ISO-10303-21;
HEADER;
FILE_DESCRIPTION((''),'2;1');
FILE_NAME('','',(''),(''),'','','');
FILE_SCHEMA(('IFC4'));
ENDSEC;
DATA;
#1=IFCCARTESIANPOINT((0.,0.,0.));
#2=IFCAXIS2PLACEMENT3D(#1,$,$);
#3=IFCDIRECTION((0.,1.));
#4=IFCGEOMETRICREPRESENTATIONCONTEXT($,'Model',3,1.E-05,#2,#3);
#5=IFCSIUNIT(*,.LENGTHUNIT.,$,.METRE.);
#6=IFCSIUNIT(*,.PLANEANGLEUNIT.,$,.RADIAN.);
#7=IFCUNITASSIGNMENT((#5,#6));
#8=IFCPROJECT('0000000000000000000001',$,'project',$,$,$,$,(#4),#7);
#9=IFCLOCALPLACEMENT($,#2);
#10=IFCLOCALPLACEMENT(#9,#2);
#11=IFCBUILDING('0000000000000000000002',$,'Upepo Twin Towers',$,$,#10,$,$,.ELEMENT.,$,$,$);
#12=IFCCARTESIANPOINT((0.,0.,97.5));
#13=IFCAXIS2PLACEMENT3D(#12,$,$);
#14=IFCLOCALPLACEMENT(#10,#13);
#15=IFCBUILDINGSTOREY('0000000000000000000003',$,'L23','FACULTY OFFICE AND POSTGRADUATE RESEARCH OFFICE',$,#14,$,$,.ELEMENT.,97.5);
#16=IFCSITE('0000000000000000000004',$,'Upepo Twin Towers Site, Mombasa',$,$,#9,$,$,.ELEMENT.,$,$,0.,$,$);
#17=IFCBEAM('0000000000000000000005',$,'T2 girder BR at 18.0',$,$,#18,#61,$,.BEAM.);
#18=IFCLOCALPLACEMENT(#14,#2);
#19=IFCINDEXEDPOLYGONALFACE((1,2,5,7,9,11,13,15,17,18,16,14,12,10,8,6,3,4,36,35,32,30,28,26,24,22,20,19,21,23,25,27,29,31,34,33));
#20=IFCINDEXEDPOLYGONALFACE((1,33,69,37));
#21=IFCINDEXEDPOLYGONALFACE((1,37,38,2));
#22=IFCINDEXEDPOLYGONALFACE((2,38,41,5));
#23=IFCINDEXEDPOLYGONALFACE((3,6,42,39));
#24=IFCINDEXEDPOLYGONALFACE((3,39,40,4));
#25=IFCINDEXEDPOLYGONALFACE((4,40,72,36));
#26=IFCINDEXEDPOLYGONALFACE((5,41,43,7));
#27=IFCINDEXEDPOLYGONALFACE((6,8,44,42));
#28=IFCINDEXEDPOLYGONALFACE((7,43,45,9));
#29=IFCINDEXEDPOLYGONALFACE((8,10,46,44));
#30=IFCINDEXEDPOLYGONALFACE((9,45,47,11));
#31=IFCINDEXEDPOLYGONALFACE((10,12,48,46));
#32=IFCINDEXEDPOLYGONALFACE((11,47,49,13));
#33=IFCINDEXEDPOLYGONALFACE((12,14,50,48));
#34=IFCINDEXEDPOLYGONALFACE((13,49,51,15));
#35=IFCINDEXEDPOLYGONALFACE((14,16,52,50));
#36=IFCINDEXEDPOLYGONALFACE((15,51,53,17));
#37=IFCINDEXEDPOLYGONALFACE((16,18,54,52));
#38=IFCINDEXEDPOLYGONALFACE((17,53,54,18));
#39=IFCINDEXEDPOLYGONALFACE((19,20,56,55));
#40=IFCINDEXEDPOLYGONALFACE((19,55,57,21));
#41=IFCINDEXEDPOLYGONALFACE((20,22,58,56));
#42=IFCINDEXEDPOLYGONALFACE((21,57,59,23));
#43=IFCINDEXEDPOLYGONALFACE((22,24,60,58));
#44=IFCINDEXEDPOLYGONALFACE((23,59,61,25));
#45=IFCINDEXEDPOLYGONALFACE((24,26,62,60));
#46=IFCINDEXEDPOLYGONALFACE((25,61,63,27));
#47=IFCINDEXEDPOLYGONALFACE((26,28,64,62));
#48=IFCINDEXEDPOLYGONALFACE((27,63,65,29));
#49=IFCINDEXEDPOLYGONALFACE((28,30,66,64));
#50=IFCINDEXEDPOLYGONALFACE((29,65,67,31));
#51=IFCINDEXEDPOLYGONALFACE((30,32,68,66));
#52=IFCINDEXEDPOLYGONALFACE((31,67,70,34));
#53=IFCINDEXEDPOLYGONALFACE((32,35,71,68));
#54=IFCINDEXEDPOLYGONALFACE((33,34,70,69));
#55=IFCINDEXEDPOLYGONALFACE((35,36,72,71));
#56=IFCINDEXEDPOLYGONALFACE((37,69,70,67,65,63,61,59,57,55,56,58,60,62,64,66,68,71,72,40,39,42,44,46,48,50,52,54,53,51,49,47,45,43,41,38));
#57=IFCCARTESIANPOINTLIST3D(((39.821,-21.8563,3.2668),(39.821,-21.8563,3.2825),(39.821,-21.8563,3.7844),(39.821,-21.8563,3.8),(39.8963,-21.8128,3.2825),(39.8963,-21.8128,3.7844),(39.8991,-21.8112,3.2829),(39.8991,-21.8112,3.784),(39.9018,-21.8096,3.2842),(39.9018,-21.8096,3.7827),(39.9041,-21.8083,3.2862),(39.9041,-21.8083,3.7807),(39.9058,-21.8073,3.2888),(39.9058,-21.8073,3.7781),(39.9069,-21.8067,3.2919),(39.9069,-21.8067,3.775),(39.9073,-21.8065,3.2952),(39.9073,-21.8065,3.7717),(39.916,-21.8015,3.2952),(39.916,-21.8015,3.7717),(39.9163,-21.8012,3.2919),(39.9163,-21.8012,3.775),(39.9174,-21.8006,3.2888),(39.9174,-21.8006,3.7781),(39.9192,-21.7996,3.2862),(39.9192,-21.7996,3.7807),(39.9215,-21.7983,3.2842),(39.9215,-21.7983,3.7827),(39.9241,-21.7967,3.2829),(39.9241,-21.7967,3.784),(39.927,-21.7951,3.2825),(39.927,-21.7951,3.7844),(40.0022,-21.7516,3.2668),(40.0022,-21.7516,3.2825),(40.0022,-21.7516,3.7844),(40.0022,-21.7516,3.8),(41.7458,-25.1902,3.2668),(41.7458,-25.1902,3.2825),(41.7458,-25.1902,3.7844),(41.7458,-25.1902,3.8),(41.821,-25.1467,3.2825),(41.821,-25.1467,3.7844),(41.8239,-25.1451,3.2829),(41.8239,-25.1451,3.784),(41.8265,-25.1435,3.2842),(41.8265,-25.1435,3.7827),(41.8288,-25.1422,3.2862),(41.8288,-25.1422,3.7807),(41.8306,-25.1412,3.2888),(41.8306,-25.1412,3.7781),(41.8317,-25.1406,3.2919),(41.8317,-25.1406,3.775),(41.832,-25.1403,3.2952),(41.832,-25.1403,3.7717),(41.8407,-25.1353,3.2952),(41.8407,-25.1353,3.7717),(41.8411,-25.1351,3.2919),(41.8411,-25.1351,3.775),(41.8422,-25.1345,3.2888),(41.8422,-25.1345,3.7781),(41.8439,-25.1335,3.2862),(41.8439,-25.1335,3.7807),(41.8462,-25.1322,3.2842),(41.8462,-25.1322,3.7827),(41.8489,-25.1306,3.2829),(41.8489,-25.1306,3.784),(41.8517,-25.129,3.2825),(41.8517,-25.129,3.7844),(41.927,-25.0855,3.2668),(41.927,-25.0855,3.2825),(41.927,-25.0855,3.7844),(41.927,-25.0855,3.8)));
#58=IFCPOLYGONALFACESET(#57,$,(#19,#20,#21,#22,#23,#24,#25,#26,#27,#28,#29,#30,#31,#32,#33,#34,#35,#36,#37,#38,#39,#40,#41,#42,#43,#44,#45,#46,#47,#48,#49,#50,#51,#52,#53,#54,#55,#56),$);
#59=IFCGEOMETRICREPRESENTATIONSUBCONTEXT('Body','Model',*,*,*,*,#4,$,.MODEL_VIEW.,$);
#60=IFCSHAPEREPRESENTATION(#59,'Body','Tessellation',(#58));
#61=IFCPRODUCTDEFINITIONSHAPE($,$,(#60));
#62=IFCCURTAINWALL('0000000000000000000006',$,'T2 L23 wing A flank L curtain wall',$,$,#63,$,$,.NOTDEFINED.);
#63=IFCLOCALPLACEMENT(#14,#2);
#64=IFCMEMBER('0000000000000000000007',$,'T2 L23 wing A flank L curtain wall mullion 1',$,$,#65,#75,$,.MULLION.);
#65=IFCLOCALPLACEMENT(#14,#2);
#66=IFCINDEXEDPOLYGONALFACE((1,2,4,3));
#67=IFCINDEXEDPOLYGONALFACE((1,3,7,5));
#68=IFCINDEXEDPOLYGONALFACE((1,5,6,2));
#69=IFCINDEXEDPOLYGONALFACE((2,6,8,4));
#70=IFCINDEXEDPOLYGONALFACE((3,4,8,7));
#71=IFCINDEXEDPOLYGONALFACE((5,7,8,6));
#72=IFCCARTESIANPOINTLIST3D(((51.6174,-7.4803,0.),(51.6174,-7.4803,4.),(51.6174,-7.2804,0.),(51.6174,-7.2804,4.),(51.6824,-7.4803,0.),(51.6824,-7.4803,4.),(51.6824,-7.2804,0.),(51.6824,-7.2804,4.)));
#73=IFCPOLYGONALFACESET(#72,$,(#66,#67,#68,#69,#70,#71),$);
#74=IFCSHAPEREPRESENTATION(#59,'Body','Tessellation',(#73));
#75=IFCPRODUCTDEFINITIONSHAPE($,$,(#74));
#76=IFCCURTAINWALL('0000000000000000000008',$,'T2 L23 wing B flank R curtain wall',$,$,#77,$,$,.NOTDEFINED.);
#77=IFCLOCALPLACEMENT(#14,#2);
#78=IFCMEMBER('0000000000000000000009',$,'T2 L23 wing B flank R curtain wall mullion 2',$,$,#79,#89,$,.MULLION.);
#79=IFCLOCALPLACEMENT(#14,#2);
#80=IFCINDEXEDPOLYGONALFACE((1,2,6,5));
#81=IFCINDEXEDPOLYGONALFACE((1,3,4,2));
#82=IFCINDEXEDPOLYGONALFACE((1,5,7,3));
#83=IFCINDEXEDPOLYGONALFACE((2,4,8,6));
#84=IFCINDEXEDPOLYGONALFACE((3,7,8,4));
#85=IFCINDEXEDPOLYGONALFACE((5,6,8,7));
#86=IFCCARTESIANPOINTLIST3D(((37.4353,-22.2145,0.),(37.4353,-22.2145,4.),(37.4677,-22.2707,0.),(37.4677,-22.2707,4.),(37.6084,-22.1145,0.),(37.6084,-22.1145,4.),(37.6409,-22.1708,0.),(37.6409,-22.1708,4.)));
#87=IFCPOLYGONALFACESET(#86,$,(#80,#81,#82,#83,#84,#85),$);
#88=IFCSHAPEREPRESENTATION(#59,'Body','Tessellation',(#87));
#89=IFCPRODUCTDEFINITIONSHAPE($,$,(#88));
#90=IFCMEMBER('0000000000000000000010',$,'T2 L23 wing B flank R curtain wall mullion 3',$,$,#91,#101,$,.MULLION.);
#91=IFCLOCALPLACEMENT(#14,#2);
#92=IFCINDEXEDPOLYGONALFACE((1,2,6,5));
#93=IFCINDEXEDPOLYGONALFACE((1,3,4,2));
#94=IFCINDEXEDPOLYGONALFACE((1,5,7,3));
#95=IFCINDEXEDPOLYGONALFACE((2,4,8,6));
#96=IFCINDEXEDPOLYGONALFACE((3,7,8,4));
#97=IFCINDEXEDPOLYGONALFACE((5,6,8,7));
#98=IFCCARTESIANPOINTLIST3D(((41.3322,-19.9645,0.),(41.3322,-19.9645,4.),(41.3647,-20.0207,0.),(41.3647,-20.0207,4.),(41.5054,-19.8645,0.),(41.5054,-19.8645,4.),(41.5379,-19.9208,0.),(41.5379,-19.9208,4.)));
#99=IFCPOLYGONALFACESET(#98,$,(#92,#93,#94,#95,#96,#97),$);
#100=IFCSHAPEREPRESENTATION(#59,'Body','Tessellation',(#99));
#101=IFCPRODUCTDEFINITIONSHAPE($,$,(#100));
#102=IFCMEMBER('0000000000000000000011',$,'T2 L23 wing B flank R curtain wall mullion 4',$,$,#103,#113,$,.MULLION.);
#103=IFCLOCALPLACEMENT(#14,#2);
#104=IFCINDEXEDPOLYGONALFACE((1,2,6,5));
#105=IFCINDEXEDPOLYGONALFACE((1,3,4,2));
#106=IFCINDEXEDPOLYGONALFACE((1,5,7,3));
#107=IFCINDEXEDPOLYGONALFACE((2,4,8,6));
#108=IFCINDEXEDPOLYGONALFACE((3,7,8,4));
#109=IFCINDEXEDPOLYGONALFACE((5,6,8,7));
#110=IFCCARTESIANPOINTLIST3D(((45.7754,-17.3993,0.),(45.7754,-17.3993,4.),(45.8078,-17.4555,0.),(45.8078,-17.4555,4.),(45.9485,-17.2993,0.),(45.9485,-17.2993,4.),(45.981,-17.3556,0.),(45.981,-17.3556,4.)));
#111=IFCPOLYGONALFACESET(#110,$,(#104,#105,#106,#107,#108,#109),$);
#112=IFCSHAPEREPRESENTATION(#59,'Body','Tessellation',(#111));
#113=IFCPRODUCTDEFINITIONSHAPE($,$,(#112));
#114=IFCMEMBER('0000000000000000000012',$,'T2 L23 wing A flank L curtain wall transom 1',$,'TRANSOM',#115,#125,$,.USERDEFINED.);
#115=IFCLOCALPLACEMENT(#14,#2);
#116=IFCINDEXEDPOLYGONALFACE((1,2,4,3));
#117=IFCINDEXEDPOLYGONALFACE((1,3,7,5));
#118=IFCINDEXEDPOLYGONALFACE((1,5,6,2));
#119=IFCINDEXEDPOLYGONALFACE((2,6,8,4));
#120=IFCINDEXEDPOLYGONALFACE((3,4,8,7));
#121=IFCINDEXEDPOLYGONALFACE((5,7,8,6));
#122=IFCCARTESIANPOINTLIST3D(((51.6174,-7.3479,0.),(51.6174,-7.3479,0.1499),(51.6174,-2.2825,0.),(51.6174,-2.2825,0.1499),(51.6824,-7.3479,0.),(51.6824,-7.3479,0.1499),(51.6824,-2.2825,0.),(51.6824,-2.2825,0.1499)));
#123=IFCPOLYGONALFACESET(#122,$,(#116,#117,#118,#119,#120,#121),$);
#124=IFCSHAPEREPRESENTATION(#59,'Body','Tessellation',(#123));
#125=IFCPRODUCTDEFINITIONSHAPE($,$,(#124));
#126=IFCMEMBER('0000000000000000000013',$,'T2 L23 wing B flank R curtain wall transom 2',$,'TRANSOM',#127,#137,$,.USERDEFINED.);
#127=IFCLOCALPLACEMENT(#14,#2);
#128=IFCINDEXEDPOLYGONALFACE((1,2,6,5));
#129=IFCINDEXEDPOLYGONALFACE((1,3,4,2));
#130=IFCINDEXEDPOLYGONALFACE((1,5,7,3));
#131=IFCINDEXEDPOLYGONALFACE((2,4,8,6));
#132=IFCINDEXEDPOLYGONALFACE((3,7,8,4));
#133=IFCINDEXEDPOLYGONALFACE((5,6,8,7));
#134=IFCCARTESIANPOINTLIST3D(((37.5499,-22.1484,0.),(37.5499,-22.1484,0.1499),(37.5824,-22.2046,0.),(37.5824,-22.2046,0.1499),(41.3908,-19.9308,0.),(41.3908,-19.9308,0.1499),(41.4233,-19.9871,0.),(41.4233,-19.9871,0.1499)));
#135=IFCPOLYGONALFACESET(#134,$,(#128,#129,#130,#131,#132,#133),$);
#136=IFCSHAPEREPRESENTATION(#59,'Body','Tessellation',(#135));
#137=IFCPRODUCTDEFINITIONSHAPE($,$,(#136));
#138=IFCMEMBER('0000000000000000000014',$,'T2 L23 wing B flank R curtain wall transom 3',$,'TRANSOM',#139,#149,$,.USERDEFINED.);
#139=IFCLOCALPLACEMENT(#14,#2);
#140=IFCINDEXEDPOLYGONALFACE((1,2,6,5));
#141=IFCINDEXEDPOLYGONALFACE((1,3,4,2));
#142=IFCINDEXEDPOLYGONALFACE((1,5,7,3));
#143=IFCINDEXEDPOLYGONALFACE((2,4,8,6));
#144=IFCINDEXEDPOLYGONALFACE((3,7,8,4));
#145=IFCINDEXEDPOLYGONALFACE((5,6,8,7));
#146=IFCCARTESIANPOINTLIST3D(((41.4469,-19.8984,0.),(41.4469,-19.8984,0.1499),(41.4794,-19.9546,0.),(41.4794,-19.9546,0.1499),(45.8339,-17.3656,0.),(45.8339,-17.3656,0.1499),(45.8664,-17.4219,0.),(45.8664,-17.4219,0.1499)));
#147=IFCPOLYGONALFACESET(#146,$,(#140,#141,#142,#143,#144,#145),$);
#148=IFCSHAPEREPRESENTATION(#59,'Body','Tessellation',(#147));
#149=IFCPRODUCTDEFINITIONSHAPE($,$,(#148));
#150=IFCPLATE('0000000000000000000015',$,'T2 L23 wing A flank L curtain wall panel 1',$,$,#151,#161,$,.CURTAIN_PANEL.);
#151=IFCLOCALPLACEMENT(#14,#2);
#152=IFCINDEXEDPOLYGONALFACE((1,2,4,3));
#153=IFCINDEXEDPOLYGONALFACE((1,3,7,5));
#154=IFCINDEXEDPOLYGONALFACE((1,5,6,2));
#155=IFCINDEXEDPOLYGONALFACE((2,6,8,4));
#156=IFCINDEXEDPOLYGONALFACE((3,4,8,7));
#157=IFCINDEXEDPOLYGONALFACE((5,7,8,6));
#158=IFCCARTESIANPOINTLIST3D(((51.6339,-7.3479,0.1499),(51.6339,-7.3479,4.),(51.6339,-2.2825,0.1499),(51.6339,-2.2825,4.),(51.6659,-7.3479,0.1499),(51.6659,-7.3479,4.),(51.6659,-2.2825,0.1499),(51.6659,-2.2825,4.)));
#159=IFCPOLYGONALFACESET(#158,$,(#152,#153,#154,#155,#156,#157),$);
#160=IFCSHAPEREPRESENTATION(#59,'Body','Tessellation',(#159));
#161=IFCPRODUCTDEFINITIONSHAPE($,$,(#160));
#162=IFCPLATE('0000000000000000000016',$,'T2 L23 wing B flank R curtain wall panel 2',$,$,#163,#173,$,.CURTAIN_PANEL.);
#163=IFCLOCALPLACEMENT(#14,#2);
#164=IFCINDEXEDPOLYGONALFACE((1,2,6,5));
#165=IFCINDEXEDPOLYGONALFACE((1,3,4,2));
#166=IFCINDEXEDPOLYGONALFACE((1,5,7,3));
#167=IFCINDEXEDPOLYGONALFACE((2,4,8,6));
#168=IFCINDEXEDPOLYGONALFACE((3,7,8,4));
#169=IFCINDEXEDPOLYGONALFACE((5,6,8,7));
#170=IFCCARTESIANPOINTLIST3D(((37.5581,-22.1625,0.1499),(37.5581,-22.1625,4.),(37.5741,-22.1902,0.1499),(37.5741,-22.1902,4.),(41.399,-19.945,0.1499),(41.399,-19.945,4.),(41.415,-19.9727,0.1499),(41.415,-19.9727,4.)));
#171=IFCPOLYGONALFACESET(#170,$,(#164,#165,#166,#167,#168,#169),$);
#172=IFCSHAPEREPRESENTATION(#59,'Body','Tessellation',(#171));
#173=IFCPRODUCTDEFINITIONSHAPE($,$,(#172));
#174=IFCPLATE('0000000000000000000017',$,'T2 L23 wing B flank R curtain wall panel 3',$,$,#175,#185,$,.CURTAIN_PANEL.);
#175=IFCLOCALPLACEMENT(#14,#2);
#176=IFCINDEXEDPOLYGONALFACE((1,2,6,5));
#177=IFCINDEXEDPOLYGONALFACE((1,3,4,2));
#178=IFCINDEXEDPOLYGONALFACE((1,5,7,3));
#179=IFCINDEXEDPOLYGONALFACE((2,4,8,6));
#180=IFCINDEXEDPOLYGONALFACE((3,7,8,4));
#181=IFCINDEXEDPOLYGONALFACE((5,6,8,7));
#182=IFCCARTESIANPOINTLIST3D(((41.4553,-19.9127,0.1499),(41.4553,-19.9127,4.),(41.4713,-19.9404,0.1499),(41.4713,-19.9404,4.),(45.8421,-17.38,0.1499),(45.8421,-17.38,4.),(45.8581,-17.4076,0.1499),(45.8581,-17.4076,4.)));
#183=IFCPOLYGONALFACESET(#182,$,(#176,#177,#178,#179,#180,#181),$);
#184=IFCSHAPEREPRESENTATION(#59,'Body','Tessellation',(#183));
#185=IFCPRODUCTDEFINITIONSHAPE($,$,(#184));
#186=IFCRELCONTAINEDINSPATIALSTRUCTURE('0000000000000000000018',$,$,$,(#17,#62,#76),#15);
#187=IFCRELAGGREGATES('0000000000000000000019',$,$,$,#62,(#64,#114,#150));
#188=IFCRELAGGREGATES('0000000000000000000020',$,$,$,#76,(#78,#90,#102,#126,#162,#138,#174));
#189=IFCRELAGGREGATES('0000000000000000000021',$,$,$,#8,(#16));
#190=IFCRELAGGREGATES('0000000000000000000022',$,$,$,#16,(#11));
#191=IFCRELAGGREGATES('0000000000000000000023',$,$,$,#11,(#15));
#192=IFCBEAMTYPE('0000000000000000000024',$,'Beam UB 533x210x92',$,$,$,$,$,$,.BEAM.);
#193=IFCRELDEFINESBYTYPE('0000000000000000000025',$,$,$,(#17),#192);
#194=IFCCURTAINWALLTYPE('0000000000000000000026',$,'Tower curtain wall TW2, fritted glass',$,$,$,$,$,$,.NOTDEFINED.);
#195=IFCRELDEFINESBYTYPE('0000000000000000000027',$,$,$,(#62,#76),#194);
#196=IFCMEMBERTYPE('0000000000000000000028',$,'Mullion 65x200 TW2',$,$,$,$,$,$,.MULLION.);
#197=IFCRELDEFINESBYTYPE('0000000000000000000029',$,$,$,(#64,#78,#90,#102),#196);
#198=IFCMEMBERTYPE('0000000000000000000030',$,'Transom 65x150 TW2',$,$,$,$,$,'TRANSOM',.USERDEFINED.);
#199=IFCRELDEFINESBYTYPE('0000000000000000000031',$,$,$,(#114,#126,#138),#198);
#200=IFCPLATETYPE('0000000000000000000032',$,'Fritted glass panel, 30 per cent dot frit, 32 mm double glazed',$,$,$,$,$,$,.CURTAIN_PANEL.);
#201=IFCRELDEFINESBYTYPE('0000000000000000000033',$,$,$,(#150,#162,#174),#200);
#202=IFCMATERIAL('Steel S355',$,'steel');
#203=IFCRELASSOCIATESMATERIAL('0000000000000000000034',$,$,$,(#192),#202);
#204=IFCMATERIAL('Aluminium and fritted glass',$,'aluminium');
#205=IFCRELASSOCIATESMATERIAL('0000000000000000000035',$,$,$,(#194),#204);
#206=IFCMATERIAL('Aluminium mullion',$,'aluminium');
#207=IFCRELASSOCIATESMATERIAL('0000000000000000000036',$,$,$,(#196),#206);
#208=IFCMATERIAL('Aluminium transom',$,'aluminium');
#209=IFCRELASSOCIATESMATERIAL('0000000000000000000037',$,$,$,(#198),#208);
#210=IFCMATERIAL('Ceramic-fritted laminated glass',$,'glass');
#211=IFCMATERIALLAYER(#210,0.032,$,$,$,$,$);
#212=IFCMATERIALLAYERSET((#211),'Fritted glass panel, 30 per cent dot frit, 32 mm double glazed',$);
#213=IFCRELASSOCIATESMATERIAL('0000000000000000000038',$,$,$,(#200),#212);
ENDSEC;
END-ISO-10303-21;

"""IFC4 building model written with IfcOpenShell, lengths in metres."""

from ifc_helpers import new_model, si_unit, direction, frame, origin, origin_2d, place, context, subcontext, project, spatial, rectangle, i_section, extrude, material, layer, layer_set, material_profile, profile_set, type_object, element, aggregate, save


model = new_model("IFC4")

# Units and contexts
model_context = context("Model", 3, precision=1e-05, world=origin(), true_north=direction((0.0, 1.0)))
body_context = subcontext(model_context, "Body", "Model", "MODEL_VIEW")
ifc_project = project(units=[si_unit("LENGTHUNIT", "METRE"), si_unit("PLANEANGLEUNIT", "RADIAN")], contexts=[model_context])

# Site, building, storey
site_placement = place(None, origin())
site = spatial("IfcSite", under=ifc_project, at=site_placement, Name="Upepo Twin Towers Site, Mombasa", CompositionType="ELEMENT", RefElevation=0.0)
building_placement = place(site_placement, origin())
building = spatial("IfcBuilding", under=site, at=building_placement, Name="Upepo Twin Towers", CompositionType="ELEMENT")
storey_placement = place(building_placement, frame((0.0, 0.0, 97.5)))
storey = spatial("IfcBuildingStorey", under=building, at=storey_placement, Name="L23", Description="FACULTY OFFICE AND POSTGRADUATE RESEARCH OFFICE", CompositionType="ELEMENT", Elevation=97.5)

# Beam
ifc_material_1 = material(Name="Steel S355", Category="steel")
ifc_material_profile_1 = material_profile(ifc_material_1, i_section(OverallWidth=0.2092, OverallDepth=0.5332, WebThickness=0.01, FlangeThickness=0.0156, FilletRadius=0.0127, at=origin_2d()), Name="UB 533x210x92")
ifc_profile_set_1 = profile_set([ifc_material_profile_1], Name="Steel S355")
beam_type_1 = type_object("IfcBeamType", Name="Beam UB 533x210x92", PredefinedType="BEAM", material=ifc_profile_set_1)
beam_1_placement = place(storey_placement, frame((39.9116, -21.804, 3.5334), z_axis=(0.499986, -0.866034, 0.0), x_axis=(0.866034, 0.499986, 0.0)))
element("IfcBeam", 1, at=beam_1_placement, inside=storey, type_object=beam_type_1, Name="T2 girder BR at 18.0", PredefinedType="BEAM", context=body_context, shape_type="SweptSolid", body=[
    extrude(i_section(OverallWidth=0.2092, OverallDepth=0.5332, WebThickness=0.01, FlangeThickness=0.0156, FilletRadius=0.0127, at=origin_2d()), origin(), (0.0, 0.0, 1.0), 3.8496),
])

# Curtain wall, member
ifc_material_2 = material(Name="Aluminium and fritted glass", Category="aluminium")
curtain_wall_type = type_object("IfcCurtainWallType", Name="Tower curtain wall TW2, fritted glass", PredefinedType="NOTDEFINED", material=ifc_material_2)
curtain_wall_1_placement = place(storey_placement, origin())
curtain_wall_1 = element("IfcCurtainWall", 2, at=curtain_wall_1_placement, inside=storey, type_object=curtain_wall_type, Name="T2 L23 wing A flank L curtain wall", PredefinedType="NOTDEFINED")
ifc_material_3 = material(Name="Aluminium mullion", Category="aluminium")
ifc_material_profile_2 = material_profile(ifc_material_3, rectangle(XDim=0.0649, YDim=0.2, at=origin_2d()), Name="MULLION 65x200")
ifc_profile_set_2 = profile_set([ifc_material_profile_2], Name="Aluminium mullion")
member_type_1 = type_object("IfcMemberType", Name="Mullion 65x200 TW2", PredefinedType="MULLION", material=ifc_profile_set_2)
member_1_placement = place(storey_placement, frame((51.6499, -7.3804, 0.0), z_axis=(0.0, 0.0, 1.0), x_axis=(-1.0, 0.0, 0.0)))
member_1 = element("IfcMember", 3, at=member_1_placement, type_object=member_type_1, Name="T2 L23 wing A flank L curtain wall mullion 1", PredefinedType="MULLION", context=body_context, shape_type="SweptSolid", body=[
    extrude(rectangle(XDim=0.0649, YDim=0.2, at=origin_2d()), origin(), (0.0, 0.0, 1.0), 4.0),
])

# Curtain wall, members
curtain_wall_2_placement = place(storey_placement, origin())
curtain_wall_2 = element("IfcCurtainWall", 4, at=curtain_wall_2_placement, inside=storey, type_object=curtain_wall_type, Name="T2 L23 wing B flank R curtain wall", PredefinedType="NOTDEFINED")
member_2_placement = place(storey_placement, frame((37.5381, -22.1926, 0.0), z_axis=(0.0, 0.0, 1.0), x_axis=(-0.5, 0.866025, 0.0)))
member_2 = element("IfcMember", 5, at=member_2_placement, type_object=member_type_1, Name="T2 L23 wing B flank R curtain wall mullion 2", PredefinedType="MULLION", context=body_context, shape_type="SweptSolid", body=[
    extrude(rectangle(XDim=0.0649, YDim=0.2, at=origin_2d()), origin(), (0.0, 0.0, 1.0), 4.0),
])
member_3_placement = place(storey_placement, frame((41.4351, -19.9426, 0.0), z_axis=(0.0, 0.0, 1.0), x_axis=(-0.5, 0.866025, 0.0)))
member_3 = element("IfcMember", 6, at=member_3_placement, type_object=member_type_1, Name="T2 L23 wing B flank R curtain wall mullion 3", PredefinedType="MULLION", context=body_context, shape_type="SweptSolid", body=[
    extrude(rectangle(XDim=0.0649, YDim=0.2, at=origin_2d()), origin(), (0.0, 0.0, 1.0), 4.0),
])
member_4_placement = place(storey_placement, frame((45.8782, -17.3774, 0.0), z_axis=(0.0, 0.0, 1.0), x_axis=(-0.5, 0.866025, 0.0)))
member_4 = element("IfcMember", 7, at=member_4_placement, type_object=member_type_1, Name="T2 L23 wing B flank R curtain wall mullion 4", PredefinedType="MULLION", context=body_context, shape_type="SweptSolid", body=[
    extrude(rectangle(XDim=0.0649, YDim=0.2, at=origin_2d()), origin(), (0.0, 0.0, 1.0), 4.0),
])

# Members
ifc_material_4 = material(Name="Aluminium transom", Category="aluminium")
ifc_material_profile_3 = material_profile(ifc_material_4, rectangle(XDim=0.0649, YDim=0.1499, at=origin_2d()), Name="TRANSOM 65x150")
ifc_profile_set_3 = profile_set([ifc_material_profile_3], Name="Aluminium transom")
member_type_2 = type_object("IfcMemberType", Name="Transom 65x150 TW2", ElementType="TRANSOM", PredefinedType="USERDEFINED", material=ifc_profile_set_3)
member_5_placement = place(storey_placement, frame((51.6499, -7.3479, 0.075), z_axis=(0.0, 1.0, 0.0), x_axis=(-1.0, 0.0, 0.0)))
member_5 = element("IfcMember", 8, at=member_5_placement, type_object=member_type_2, Name="T2 L23 wing A flank L curtain wall transom 1", ObjectType="TRANSOM", PredefinedType="USERDEFINED", context=body_context, shape_type="SweptSolid", body=[
    extrude(rectangle(XDim=0.0649, YDim=0.1499, at=origin_2d()), origin(), (0.0, 0.0, 1.0), 5.0654),
])
member_6_placement = place(storey_placement, frame((37.5662, -22.1765, 0.075), z_axis=(0.866022, 0.500005, 0.0), x_axis=(-0.500005, 0.866022, 0.0)))
member_6 = element("IfcMember", 9, at=member_6_placement, type_object=member_type_2, Name="T2 L23 wing B flank R curtain wall transom 2", ObjectType="TRANSOM", PredefinedType="USERDEFINED", context=body_context, shape_type="SweptSolid", body=[
    extrude(rectangle(XDim=0.0649, YDim=0.1499, at=origin_2d()), origin(), (0.0, 0.0, 1.0), 4.4351),
])
member_7_placement = place(storey_placement, frame((41.4631, -19.9265, 0.075), z_axis=(0.866034, 0.499985, 0.0), x_axis=(-0.499985, 0.866034, 0.0)))
member_7 = element("IfcMember", 10, at=member_7_placement, type_object=member_type_2, Name="T2 L23 wing B flank R curtain wall transom 3", ObjectType="TRANSOM", PredefinedType="USERDEFINED", context=body_context, shape_type="SweptSolid", body=[
    extrude(rectangle(XDim=0.0649, YDim=0.1499, at=origin_2d()), origin(), (0.0, 0.0, 1.0), 5.0657),
])

# Plates
ifc_material_5 = material(Name="Ceramic-fritted laminated glass", Category="glass")
ifc_layer_1 = layer(ifc_material_5, 0.032)
ifc_layer_set_1 = layer_set([ifc_layer_1], Name="Fritted glass panel, 30 per cent dot frit, 32 mm double glazed")
plate_type = type_object("IfcPlateType", Name="Fritted glass panel, 30 per cent dot frit, 32 mm double glazed", PredefinedType="CURTAIN_PANEL", material=ifc_layer_set_1)
plate_1_placement = place(storey_placement, frame((51.6499, -4.8152, 0.1499), z_axis=(0.0, 0.0, 1.0), x_axis=(0.0, 1.0, 0.0)))
plate_1 = element("IfcPlate", 11, at=plate_1_placement, type_object=plate_type, Name="T2 L23 wing A flank L curtain wall panel 1", PredefinedType="CURTAIN_PANEL", context=body_context, shape_type="SweptSolid", body=[
    extrude(rectangle(XDim=5.0654, YDim=0.032, at=origin_2d()), origin(), (0.0, 0.0, 1.0), 3.8501),
])
aggregate(curtain_wall_1, [member_1, member_5, plate_1])
plate_2_placement = place(storey_placement, frame((39.4866, -21.0676, 0.1499), z_axis=(0.0, 0.0, 1.0), x_axis=(0.866025, 0.5, 0.0)))
plate_2 = element("IfcPlate", 12, at=plate_2_placement, type_object=plate_type, Name="T2 L23 wing B flank R curtain wall panel 2", PredefinedType="CURTAIN_PANEL", context=body_context, shape_type="SweptSolid", body=[
    extrude(rectangle(XDim=4.4351, YDim=0.032, at=origin_2d()), origin(), (0.0, 0.0, 1.0), 3.8501),
])
plate_3_placement = place(storey_placement, frame((43.6567, -18.6602, 0.1499), z_axis=(0.0, 0.0, 1.0), x_axis=(0.866025, 0.5, 0.0)))
plate_3 = element("IfcPlate", 13, at=plate_3_placement, type_object=plate_type, Name="T2 L23 wing B flank R curtain wall panel 3", PredefinedType="CURTAIN_PANEL", context=body_context, shape_type="SweptSolid", body=[
    extrude(rectangle(XDim=5.0654, YDim=0.032, at=origin_2d()), origin(), (0.0, 0.0, 1.0), 3.8501),
])
aggregate(curtain_wall_2, [member_2, member_3, member_4, member_6, plate_2, member_7, plate_3])

save(model, "model.ifc")
